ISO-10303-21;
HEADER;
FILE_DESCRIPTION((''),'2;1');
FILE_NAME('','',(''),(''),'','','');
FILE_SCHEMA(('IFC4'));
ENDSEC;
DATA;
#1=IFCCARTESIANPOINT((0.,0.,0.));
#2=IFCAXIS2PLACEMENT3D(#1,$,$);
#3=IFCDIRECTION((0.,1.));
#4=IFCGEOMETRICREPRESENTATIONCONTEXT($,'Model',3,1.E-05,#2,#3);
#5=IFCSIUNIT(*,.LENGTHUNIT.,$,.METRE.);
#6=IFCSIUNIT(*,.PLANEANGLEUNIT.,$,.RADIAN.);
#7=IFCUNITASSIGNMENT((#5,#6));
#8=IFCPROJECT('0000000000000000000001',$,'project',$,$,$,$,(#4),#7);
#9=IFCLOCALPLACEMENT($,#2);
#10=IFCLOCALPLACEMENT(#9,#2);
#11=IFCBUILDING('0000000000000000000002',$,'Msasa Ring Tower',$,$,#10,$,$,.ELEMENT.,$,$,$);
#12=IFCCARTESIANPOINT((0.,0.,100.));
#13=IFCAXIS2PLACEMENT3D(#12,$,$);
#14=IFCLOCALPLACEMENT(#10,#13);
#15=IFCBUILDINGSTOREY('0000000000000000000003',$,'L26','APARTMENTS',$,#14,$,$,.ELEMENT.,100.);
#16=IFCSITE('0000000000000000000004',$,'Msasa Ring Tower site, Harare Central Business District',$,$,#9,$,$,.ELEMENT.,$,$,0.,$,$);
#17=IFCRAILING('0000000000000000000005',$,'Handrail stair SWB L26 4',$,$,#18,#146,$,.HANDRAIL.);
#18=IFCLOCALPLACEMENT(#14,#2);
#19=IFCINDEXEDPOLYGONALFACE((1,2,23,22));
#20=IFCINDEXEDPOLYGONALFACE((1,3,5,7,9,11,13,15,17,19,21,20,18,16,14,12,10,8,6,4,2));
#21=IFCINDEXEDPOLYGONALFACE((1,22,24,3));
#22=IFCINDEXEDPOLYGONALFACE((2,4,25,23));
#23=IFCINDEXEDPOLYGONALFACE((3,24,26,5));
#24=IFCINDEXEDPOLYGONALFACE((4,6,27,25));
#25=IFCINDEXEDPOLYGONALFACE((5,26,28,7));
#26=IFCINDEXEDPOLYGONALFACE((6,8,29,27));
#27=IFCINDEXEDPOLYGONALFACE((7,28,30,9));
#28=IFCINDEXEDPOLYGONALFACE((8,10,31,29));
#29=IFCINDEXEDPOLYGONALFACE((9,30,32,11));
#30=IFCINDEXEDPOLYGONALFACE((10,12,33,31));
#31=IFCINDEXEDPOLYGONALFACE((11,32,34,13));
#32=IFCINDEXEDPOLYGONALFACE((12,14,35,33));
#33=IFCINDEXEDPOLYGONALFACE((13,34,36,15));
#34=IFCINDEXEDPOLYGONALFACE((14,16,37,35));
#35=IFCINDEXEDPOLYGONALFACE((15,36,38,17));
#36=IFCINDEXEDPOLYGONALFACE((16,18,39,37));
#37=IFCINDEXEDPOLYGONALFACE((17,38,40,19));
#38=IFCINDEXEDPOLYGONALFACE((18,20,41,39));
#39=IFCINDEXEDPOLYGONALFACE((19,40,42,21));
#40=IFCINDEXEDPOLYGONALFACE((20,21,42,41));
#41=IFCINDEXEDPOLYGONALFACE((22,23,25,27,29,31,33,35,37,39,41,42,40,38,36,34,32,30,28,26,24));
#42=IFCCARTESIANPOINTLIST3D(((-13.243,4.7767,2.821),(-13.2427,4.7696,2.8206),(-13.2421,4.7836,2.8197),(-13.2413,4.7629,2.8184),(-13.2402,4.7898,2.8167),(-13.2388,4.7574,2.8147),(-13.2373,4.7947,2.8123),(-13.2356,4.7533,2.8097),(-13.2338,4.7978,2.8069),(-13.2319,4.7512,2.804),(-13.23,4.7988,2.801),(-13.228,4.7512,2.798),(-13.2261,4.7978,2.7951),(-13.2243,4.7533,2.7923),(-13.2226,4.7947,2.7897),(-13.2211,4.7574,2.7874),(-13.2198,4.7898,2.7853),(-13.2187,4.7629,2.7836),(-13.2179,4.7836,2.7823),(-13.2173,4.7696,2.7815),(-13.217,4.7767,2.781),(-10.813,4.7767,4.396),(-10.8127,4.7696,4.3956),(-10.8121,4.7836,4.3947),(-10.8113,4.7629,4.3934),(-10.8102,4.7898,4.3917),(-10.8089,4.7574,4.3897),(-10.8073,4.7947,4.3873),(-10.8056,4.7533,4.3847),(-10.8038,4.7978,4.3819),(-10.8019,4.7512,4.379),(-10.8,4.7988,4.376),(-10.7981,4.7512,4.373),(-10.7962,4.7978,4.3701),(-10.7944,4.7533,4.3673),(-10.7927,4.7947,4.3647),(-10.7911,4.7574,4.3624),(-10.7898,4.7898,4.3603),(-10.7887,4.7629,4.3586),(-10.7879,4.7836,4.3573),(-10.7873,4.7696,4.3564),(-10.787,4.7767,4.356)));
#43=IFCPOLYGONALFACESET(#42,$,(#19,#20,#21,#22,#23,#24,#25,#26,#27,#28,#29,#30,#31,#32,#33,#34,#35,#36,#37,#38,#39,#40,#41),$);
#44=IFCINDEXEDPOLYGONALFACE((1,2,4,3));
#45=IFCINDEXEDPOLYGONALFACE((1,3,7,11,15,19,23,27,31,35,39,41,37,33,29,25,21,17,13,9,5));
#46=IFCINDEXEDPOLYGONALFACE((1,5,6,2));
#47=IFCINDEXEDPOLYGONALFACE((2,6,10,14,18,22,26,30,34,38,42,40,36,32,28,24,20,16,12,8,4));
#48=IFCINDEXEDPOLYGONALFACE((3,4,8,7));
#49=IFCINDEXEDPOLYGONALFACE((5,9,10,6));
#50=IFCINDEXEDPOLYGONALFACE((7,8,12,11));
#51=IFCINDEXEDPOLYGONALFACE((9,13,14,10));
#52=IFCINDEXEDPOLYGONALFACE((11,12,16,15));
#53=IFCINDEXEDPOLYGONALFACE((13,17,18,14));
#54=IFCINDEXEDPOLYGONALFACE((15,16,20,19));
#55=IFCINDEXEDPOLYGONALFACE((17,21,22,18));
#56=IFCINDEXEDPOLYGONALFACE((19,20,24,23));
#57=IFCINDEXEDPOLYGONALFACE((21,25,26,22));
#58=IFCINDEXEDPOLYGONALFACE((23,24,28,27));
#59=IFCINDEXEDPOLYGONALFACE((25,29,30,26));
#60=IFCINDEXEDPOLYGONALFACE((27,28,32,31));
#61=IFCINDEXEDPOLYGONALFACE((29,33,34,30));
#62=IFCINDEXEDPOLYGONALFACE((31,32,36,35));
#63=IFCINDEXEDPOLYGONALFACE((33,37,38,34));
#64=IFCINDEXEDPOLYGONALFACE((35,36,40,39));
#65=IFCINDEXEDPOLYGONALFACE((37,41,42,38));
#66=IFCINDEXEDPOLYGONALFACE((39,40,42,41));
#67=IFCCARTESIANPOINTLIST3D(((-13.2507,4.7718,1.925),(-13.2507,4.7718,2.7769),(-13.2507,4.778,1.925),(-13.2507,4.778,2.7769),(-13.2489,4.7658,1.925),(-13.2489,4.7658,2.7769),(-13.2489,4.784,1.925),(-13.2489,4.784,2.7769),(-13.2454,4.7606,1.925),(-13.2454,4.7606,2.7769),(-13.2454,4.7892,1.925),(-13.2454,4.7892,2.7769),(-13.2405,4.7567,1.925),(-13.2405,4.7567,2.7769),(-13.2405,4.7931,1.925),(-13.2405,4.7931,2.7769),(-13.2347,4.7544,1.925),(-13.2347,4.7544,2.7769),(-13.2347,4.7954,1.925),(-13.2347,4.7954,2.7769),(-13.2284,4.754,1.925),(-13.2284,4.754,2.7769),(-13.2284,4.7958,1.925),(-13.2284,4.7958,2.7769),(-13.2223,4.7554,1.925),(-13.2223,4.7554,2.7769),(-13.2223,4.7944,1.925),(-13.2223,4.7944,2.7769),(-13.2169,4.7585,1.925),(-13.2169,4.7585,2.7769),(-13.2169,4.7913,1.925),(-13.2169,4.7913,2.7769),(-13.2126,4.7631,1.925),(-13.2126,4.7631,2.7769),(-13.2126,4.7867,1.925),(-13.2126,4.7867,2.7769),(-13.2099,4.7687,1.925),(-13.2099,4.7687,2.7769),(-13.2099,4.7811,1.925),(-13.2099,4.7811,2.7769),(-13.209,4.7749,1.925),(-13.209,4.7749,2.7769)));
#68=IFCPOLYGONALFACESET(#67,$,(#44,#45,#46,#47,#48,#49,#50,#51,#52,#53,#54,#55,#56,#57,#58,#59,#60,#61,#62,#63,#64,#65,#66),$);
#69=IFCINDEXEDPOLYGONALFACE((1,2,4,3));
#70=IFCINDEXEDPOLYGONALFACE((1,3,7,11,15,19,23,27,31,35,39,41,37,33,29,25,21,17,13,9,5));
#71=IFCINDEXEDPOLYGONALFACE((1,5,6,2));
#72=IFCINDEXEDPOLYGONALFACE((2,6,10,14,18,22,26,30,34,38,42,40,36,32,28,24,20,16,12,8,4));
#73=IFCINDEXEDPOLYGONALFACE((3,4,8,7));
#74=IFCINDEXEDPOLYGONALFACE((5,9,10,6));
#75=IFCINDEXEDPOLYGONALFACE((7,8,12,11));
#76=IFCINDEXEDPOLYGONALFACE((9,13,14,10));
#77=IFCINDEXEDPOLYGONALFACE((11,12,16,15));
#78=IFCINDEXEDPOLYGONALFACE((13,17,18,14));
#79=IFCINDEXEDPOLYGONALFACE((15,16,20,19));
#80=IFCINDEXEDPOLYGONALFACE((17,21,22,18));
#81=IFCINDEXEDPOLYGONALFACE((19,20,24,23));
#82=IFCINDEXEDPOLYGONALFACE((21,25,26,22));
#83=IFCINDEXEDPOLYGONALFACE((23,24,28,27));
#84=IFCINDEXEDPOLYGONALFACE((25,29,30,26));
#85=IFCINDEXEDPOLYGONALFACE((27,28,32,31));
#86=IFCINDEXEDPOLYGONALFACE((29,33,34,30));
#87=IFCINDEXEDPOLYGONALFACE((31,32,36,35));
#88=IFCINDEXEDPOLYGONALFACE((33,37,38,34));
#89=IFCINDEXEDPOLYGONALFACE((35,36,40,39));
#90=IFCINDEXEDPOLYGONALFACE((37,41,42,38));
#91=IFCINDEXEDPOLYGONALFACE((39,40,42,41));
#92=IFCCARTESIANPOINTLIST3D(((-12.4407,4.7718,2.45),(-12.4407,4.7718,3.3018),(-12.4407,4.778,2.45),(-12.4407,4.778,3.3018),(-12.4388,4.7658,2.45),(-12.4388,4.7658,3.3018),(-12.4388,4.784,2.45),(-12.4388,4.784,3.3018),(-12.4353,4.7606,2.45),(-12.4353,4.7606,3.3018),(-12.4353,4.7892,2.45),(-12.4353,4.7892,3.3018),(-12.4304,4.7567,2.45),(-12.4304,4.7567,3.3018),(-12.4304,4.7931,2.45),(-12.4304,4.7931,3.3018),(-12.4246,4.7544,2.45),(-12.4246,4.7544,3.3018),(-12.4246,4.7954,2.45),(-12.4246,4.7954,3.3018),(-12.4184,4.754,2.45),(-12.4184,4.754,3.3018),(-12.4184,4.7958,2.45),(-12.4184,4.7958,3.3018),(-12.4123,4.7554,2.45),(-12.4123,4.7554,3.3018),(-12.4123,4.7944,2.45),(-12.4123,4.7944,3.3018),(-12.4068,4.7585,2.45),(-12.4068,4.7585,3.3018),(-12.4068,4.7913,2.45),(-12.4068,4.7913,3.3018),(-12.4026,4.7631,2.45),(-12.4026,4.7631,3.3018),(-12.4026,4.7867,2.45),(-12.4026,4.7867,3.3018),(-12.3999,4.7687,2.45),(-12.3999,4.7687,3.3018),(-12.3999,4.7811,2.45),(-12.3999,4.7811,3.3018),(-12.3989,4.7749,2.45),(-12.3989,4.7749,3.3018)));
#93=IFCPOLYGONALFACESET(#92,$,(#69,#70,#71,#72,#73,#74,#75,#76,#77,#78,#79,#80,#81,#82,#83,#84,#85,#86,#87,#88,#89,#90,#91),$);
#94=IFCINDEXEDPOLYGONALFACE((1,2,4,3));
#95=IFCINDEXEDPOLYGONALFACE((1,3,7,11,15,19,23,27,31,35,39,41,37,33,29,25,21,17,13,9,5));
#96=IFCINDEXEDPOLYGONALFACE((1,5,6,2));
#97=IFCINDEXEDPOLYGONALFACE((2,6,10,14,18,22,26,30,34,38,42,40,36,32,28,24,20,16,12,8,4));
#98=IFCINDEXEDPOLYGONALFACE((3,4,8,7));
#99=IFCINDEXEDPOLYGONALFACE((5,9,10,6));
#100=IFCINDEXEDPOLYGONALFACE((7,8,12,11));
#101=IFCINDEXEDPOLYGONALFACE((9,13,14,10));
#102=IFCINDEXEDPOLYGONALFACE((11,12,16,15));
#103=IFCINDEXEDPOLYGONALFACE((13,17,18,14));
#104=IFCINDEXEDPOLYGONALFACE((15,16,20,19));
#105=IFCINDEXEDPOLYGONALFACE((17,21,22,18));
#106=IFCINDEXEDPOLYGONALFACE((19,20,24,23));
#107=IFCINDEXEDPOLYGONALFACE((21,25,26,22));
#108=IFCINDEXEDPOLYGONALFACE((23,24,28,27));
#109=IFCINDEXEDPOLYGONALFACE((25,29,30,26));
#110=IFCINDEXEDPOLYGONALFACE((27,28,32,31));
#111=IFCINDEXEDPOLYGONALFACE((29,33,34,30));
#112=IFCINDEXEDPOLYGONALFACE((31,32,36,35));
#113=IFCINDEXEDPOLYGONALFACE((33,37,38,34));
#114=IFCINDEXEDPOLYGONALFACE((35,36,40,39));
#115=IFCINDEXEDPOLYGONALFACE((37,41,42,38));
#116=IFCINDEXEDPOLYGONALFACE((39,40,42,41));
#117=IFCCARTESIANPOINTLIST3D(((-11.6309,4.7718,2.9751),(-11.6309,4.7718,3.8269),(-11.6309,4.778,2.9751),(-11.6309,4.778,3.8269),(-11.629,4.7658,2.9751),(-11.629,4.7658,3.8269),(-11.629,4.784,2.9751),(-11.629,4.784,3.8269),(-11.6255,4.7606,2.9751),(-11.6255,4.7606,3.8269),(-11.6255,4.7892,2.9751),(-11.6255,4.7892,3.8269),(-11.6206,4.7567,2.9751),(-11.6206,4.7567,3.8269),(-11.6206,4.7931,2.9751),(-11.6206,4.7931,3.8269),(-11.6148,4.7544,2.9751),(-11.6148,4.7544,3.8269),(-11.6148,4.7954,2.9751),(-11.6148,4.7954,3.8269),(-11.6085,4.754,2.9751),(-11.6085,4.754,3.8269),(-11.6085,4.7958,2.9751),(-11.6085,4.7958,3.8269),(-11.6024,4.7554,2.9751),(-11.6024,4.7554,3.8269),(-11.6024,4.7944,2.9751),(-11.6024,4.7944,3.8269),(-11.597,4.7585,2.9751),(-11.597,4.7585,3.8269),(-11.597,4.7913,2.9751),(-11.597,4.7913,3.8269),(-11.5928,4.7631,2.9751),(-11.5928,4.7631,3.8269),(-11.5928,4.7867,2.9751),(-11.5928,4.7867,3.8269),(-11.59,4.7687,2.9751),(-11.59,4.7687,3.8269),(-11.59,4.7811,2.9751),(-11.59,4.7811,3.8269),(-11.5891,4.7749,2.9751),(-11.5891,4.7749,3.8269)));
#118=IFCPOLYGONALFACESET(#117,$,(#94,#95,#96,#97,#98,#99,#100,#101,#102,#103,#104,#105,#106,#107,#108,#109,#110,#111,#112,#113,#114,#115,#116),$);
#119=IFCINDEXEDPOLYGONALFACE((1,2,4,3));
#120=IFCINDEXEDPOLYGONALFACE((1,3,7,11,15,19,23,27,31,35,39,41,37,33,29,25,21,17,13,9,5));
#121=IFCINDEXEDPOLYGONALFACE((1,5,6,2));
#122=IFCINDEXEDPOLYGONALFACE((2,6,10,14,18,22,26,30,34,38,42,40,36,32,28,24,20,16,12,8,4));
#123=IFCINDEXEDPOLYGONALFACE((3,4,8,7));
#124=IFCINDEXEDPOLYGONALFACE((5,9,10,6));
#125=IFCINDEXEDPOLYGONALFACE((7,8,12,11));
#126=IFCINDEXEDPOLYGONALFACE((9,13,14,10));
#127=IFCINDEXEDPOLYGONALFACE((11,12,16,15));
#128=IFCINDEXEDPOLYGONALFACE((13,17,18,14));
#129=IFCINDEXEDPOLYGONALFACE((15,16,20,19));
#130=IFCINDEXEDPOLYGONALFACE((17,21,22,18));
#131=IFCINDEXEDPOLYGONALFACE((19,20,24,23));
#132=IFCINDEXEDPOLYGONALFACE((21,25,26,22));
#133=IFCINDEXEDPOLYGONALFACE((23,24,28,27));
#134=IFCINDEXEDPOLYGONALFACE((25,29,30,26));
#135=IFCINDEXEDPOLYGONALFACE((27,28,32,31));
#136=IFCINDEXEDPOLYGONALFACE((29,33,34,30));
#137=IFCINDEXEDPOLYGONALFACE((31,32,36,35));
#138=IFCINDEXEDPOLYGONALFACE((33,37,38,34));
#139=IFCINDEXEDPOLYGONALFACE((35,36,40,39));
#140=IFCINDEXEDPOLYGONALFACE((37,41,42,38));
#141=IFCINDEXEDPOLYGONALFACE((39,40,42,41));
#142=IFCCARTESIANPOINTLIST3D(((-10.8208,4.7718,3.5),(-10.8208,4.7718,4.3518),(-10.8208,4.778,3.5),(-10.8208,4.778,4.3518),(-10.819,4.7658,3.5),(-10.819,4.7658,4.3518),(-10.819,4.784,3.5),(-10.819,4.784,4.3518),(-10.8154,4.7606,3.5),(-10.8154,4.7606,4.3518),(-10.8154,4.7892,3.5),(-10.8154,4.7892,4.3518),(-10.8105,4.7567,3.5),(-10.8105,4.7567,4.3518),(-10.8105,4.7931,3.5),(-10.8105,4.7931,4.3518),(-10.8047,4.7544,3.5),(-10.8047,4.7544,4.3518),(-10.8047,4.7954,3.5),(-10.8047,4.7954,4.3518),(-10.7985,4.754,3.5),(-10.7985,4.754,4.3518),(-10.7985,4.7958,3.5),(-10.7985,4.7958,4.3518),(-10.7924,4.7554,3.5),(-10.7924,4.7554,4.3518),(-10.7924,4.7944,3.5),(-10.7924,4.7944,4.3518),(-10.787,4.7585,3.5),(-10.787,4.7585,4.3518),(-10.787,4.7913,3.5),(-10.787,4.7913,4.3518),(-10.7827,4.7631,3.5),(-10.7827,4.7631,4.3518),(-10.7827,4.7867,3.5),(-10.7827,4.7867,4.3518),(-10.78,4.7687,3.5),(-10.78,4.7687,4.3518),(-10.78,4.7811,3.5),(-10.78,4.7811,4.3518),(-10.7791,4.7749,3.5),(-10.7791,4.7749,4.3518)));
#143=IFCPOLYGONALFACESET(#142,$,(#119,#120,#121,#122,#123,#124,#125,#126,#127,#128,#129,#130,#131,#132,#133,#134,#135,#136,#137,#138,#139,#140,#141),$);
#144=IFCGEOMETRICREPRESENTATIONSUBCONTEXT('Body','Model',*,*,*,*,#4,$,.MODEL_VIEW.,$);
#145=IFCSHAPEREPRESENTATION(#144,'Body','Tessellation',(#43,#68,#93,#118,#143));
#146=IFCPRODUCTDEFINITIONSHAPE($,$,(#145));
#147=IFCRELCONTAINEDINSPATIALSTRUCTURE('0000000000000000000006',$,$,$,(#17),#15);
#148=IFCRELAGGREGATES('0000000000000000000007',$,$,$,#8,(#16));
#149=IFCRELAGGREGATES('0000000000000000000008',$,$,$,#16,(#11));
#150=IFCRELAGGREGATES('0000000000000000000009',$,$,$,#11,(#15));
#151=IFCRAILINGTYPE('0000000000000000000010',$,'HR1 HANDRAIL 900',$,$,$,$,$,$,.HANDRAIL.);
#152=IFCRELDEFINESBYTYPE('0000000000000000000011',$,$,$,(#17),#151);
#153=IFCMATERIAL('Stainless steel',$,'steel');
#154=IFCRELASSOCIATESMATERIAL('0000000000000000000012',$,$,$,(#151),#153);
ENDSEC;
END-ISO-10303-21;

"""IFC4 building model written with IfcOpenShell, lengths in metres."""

from ifc_helpers import new_model, si_unit, direction, frame, origin, origin_2d, place, context, subcontext, project, spatial, circle, extrude, material, type_object, element, save


model = new_model("IFC4")

# Units and contexts
model_context = context("Model", 3, precision=1e-05, world=origin(), true_north=direction((0.0, 1.0)))
body_context = subcontext(model_context, "Body", "Model", "MODEL_VIEW")
ifc_project = project(units=[si_unit("LENGTHUNIT", "METRE"), si_unit("PLANEANGLEUNIT", "RADIAN")], contexts=[model_context])

# Site, building, storey
site_placement = place(None, origin())
site = spatial("IfcSite", under=ifc_project, at=site_placement, Name="Msasa Ring Tower site, Harare Central Business District", CompositionType="ELEMENT", RefElevation=0.0)
building_placement = place(site_placement, origin())
building = spatial("IfcBuilding", under=site, at=building_placement, Name="Msasa Ring Tower", CompositionType="ELEMENT")
storey_placement = place(building_placement, frame((0.0, 0.0, 100.0)))
storey = spatial("IfcBuildingStorey", under=building, at=storey_placement, Name="L26", Description="APARTMENTS", CompositionType="ELEMENT", Elevation=100.0)

# Railing
ifc_material_1 = material(Name="Stainless steel", Category="steel")
railing_type = type_object("IfcRailingType", Name="HR1 HANDRAIL 900", PredefinedType="HANDRAIL", material=ifc_material_1)
for number, where, name in (
    (1, (-13.23, 4.7749, 1.925), "Handrail stair SWB L26 4"),
):
    element("IfcRailing", number, at=place(storey_placement, frame(where)), inside=storey, type_object=railing_type, Name=name, PredefinedType="HANDRAIL", context=body_context, shape_type="SweptSolid", body=[
        extrude(circle(Radius=0.0239, at=origin_2d()), frame((0.0, 0.0, 0.876), z_axis=(0.839154, 0.0, 0.543894), x_axis=(0.0, 1.0, 0.0)), (0.0, 0.0, 1.0), 2.8958),
        extrude(circle(Radius=0.021, at=origin_2d()), origin(), (0.0, 0.0, 1.0), 0.8518),
        extrude(circle(Radius=0.021, at=origin_2d()), frame((0.8101, 0.0, 0.5249)), (0.0, 0.0, 1.0), 0.8518),
        extrude(circle(Radius=0.021, at=origin_2d()), frame((1.6199, 0.0, 1.05)), (0.0, 0.0, 1.0), 0.8518),
        extrude(circle(Radius=0.021, at=origin_2d()), frame((2.4299, 0.0, 1.575)), (0.0, 0.0, 1.0), 0.8518),
    ])

save(model, "model.ifc")
